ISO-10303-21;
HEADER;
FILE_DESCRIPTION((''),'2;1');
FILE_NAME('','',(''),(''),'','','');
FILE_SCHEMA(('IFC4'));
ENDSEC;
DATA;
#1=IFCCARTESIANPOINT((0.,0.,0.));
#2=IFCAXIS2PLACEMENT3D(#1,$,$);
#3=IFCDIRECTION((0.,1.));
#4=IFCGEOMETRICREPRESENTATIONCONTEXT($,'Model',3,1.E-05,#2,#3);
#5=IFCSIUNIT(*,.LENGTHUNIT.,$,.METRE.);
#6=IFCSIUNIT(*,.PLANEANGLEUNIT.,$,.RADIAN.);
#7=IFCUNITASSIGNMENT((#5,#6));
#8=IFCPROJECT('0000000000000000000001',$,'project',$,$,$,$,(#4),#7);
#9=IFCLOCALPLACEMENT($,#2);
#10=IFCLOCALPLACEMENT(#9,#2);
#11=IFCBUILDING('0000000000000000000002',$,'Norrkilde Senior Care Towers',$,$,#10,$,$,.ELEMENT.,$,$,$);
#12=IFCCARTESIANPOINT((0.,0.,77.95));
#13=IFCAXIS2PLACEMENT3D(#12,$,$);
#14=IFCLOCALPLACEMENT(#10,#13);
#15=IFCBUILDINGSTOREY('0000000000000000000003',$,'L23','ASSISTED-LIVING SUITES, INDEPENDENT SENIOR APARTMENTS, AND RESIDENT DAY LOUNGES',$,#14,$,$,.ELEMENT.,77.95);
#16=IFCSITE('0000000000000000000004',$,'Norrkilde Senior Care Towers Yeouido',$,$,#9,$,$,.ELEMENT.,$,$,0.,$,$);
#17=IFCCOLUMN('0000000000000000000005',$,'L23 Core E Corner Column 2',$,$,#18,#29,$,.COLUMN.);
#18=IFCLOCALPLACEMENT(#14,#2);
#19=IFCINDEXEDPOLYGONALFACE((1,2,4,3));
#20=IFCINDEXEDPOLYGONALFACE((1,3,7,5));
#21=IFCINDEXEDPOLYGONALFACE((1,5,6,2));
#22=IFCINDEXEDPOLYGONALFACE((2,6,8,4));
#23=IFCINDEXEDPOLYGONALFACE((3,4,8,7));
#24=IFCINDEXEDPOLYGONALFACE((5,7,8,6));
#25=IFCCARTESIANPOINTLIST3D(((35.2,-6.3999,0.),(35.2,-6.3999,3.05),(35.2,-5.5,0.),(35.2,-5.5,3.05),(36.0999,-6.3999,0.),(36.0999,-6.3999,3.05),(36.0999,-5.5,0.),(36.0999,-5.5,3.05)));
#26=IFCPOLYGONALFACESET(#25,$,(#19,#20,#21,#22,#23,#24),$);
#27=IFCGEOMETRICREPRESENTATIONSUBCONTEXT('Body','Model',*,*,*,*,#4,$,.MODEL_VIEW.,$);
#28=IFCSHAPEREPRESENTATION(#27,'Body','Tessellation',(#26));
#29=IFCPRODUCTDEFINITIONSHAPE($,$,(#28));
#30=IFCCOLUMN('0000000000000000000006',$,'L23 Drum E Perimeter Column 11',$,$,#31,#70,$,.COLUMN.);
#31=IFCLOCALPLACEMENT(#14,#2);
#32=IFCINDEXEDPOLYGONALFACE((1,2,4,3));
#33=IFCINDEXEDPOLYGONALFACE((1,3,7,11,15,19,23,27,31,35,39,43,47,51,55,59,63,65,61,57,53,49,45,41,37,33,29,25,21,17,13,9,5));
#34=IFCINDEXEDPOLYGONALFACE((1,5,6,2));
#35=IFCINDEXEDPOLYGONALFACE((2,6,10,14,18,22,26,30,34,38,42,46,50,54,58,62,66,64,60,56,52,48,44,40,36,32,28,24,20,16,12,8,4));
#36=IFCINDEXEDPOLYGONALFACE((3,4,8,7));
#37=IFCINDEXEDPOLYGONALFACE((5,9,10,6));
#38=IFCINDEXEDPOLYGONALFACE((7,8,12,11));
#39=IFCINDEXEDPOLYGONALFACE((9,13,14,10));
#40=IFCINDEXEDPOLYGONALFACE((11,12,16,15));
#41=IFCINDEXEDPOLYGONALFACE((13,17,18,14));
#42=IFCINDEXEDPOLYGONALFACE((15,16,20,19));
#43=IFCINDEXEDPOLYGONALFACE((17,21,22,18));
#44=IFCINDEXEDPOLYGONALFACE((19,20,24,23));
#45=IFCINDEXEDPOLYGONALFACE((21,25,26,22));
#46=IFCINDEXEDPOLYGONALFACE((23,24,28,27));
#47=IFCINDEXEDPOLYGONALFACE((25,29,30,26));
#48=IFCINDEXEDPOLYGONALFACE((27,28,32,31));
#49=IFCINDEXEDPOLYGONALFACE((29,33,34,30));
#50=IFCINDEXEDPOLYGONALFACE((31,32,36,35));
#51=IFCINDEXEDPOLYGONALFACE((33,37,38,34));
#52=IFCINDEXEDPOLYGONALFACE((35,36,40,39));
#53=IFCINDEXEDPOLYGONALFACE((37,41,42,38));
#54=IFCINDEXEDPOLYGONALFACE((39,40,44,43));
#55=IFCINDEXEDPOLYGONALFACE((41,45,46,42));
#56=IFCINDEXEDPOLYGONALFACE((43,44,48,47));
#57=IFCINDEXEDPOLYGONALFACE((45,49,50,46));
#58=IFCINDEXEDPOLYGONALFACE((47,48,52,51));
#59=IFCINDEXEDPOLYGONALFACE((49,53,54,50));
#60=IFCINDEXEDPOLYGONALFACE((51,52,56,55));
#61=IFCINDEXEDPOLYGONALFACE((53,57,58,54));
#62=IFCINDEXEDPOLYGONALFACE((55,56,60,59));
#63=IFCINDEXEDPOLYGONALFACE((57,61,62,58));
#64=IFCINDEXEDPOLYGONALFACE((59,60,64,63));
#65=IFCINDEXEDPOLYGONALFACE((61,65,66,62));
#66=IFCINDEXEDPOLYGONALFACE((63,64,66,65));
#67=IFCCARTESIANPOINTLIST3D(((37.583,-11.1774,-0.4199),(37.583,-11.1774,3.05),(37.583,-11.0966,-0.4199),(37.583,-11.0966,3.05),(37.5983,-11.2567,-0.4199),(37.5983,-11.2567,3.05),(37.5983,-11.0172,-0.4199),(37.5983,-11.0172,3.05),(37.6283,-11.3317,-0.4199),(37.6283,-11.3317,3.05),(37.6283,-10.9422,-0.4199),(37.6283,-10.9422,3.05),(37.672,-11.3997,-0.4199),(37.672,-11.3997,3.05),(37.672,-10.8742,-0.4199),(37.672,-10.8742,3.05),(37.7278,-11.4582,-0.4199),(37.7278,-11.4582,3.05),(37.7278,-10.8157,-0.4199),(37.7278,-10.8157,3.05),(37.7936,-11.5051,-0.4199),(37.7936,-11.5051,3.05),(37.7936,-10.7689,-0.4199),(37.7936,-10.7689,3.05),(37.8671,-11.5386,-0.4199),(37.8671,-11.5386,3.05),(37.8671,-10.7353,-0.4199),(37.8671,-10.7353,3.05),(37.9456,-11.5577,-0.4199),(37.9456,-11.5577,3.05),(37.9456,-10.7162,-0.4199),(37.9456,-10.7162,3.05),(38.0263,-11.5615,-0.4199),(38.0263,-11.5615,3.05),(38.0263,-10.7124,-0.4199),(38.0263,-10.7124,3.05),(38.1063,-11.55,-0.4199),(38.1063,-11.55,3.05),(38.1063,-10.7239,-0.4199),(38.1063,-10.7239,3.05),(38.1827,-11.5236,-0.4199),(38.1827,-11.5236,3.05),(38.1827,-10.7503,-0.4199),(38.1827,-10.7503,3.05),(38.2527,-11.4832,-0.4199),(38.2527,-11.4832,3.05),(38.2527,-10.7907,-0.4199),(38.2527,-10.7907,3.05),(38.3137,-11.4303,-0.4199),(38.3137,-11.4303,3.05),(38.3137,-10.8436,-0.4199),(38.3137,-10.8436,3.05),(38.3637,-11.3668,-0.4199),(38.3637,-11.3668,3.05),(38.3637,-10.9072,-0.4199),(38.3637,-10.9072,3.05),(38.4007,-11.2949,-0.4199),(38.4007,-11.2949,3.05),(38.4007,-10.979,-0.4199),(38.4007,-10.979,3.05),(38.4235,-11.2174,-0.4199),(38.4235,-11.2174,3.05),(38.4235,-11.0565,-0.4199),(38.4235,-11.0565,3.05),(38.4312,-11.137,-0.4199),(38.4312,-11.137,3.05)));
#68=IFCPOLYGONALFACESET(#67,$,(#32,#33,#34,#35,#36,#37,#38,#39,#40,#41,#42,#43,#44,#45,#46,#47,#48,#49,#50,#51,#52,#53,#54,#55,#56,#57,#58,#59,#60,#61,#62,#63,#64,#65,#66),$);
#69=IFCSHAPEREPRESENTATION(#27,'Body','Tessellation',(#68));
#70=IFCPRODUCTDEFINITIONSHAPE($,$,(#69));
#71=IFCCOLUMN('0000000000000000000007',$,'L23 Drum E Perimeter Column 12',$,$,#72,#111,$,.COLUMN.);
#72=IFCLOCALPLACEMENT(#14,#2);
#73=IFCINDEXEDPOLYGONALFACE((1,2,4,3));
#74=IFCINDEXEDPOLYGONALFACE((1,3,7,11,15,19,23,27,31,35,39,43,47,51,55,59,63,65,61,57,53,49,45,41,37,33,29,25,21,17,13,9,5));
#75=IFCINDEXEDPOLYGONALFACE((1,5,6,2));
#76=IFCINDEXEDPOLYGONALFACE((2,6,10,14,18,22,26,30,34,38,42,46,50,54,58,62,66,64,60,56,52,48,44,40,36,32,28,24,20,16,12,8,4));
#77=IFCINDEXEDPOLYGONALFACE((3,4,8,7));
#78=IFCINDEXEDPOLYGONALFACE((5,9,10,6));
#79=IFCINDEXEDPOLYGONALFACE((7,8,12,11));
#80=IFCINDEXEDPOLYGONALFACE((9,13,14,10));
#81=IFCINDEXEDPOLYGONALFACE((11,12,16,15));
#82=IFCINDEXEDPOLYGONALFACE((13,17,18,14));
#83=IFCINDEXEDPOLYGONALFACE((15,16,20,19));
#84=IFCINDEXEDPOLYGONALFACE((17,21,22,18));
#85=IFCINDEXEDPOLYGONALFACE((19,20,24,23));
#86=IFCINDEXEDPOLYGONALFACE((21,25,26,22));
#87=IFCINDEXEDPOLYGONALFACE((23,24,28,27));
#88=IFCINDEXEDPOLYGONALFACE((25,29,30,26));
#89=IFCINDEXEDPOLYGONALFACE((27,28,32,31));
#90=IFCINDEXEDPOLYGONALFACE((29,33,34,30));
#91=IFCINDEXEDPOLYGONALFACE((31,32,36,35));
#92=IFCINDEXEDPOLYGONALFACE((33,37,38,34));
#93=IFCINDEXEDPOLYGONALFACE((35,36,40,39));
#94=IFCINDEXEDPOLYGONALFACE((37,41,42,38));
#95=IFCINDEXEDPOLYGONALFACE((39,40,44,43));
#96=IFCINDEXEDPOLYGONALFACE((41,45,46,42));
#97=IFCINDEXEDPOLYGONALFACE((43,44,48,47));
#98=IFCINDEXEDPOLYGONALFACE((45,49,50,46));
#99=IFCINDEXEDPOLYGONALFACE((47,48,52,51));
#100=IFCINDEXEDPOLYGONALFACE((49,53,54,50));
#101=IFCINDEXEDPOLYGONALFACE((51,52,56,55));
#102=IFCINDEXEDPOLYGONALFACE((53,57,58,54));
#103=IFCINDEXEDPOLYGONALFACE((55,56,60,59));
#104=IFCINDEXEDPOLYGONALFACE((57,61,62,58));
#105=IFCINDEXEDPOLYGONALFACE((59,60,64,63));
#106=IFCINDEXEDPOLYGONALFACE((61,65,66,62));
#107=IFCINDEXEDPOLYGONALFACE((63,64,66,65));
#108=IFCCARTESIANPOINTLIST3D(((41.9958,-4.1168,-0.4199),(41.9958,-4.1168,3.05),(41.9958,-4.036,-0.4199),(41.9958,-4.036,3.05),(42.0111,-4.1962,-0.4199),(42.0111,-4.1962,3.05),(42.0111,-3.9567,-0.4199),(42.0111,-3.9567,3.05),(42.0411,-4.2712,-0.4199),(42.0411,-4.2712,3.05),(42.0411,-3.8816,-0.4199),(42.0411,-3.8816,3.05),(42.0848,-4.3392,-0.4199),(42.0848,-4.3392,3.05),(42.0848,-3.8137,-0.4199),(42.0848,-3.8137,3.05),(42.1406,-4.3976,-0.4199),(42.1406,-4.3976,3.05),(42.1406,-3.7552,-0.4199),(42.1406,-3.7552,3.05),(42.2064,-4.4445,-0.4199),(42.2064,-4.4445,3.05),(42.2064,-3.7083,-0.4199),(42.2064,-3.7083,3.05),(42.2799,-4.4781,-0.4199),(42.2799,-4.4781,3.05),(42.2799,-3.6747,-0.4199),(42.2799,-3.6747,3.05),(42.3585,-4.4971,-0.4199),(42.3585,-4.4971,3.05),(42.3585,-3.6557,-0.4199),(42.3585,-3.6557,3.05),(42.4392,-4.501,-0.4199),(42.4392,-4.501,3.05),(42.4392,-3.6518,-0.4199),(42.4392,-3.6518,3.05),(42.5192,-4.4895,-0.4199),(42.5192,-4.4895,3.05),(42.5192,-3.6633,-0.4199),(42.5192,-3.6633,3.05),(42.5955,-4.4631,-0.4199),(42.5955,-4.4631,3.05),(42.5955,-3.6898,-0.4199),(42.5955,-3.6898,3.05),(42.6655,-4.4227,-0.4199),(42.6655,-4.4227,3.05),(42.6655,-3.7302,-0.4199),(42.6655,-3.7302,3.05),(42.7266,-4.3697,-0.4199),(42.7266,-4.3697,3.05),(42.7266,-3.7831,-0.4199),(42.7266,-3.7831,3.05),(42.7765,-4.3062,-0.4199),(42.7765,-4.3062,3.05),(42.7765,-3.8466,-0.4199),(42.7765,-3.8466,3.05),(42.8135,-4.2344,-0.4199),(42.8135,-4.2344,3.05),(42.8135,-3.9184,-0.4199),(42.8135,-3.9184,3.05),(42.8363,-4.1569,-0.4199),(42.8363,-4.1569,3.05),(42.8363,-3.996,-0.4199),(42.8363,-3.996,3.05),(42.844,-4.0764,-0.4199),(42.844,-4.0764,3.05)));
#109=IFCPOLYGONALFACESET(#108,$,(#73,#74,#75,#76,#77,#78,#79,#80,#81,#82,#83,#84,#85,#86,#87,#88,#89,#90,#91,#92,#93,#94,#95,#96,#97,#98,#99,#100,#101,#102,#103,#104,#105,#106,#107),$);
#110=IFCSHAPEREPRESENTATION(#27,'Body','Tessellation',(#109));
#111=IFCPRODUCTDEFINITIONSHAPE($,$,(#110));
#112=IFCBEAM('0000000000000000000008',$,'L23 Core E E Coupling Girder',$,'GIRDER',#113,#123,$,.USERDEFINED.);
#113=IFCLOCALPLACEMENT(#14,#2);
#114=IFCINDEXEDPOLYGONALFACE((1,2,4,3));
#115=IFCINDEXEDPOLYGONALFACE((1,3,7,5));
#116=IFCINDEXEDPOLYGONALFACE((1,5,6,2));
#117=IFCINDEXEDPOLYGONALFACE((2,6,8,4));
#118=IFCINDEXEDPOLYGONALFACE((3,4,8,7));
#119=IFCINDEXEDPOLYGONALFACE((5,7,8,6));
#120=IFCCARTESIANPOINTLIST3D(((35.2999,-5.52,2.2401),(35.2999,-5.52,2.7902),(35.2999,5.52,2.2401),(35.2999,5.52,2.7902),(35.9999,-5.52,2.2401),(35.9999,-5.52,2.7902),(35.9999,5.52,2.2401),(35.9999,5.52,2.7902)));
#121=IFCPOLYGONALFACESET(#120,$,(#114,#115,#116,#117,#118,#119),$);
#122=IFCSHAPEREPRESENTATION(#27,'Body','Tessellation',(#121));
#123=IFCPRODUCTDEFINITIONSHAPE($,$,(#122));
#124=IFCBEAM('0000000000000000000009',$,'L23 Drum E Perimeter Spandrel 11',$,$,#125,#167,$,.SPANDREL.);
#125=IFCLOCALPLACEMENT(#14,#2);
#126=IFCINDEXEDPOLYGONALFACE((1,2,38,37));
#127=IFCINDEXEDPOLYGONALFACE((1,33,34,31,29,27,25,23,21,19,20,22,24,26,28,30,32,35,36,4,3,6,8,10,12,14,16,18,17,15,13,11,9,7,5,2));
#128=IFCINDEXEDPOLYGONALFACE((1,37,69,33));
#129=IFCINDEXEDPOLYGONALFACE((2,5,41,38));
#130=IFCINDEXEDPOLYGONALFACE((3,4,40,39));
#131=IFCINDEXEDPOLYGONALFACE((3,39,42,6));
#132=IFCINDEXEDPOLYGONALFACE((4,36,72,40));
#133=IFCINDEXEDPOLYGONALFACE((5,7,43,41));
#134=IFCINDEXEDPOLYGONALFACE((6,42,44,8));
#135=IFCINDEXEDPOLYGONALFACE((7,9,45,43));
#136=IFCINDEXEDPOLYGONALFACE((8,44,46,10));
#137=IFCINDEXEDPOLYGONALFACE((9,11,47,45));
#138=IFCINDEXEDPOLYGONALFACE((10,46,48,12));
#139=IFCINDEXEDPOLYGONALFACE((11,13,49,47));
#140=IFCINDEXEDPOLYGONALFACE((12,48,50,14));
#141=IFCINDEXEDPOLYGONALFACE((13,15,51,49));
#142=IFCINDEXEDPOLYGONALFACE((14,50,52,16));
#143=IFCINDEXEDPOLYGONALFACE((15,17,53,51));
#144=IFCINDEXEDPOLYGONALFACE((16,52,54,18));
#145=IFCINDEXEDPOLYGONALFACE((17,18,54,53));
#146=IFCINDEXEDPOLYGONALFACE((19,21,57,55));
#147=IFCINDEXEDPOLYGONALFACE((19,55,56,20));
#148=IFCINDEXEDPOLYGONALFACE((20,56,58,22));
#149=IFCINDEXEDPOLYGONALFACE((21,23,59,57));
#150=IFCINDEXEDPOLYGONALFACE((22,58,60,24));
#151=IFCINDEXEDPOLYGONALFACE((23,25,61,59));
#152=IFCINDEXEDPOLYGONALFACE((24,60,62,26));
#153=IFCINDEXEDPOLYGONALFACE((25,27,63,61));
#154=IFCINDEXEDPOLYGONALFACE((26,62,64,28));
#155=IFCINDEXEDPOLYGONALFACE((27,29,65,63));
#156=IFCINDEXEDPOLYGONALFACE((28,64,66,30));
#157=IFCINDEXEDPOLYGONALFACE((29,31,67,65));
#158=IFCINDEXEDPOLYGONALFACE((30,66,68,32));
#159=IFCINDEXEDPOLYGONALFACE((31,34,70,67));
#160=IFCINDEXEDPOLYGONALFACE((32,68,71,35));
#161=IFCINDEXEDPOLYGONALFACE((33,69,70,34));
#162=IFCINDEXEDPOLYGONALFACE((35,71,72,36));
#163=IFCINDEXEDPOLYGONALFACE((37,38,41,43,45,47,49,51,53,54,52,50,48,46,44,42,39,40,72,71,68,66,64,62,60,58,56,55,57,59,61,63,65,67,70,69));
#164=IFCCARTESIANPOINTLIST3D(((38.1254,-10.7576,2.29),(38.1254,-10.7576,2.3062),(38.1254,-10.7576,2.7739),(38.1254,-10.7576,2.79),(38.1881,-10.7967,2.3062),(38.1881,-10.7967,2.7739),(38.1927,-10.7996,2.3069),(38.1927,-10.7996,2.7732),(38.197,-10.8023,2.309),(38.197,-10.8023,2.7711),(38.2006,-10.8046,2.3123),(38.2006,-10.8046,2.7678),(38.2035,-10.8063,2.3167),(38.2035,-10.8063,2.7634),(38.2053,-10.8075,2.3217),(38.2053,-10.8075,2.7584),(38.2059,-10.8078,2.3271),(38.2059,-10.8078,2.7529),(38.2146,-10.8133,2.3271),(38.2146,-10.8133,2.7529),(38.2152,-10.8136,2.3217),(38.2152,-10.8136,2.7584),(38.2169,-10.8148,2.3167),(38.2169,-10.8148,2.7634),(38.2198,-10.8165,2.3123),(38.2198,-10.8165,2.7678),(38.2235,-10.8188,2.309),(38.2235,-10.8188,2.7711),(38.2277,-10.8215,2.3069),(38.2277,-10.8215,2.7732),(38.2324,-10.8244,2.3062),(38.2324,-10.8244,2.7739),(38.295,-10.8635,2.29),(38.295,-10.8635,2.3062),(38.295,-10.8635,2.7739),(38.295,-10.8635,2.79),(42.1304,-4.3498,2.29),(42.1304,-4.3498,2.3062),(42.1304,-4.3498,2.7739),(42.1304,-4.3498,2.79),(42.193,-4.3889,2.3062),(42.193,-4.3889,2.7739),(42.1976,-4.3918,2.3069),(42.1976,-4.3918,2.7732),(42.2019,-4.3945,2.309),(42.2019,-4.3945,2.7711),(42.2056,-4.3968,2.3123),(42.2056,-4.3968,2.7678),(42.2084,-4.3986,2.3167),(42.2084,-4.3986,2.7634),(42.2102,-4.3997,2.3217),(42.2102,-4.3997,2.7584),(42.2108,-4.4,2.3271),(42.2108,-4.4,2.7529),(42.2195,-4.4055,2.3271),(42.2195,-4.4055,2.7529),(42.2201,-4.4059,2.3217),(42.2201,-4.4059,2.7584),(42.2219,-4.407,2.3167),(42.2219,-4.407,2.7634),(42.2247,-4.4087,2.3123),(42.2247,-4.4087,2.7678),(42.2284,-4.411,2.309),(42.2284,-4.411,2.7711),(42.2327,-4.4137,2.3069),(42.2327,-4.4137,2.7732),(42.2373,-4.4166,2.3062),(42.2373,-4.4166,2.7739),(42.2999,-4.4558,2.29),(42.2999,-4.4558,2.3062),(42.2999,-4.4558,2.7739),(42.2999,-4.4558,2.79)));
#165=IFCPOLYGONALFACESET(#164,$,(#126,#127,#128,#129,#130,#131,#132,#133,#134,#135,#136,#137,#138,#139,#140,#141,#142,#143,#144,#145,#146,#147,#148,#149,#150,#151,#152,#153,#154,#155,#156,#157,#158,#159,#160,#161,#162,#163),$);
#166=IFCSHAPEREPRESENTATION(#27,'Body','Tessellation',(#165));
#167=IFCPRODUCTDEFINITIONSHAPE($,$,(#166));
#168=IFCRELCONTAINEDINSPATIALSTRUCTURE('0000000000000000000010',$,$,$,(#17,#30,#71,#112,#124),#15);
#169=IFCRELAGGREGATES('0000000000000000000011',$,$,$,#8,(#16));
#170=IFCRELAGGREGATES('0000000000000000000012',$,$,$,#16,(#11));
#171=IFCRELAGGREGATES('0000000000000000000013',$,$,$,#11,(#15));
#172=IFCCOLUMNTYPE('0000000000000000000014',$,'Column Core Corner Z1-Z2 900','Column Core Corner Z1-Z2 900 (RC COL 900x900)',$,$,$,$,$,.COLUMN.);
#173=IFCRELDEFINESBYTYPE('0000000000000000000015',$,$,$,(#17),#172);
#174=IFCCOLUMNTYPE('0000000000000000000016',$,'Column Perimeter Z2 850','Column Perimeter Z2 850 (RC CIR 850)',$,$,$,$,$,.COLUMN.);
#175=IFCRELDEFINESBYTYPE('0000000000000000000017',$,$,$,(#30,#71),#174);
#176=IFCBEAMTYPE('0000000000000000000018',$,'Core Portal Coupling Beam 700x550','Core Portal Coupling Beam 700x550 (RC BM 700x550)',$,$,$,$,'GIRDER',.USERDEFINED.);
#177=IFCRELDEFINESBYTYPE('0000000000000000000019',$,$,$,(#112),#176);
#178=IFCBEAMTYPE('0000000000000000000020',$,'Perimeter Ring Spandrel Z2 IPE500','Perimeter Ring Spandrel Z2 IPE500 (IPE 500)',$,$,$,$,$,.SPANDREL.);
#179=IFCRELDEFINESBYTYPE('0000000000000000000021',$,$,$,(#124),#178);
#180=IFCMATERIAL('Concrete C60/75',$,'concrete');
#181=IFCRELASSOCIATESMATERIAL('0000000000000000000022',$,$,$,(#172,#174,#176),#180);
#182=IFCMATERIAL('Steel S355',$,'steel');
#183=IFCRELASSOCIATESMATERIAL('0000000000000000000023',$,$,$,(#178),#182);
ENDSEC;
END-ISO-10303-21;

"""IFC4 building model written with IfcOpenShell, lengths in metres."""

from ifc_helpers import new_model, si_unit, direction, frame, origin, origin_2d, place, context, subcontext, project, spatial, rectangle, circle, i_section, extrude, source, transform, mapped, material, material_profile, profile_set, type_object, type_shapes, element, save


model = new_model("IFC4")

# Units and contexts
model_context = context("Model", 3, precision=1e-05, world=origin(), true_north=direction((0.0, 1.0)))
body_context = subcontext(model_context, "Body", "Model", "MODEL_VIEW")
ifc_project = project(units=[si_unit("LENGTHUNIT", "METRE"), si_unit("PLANEANGLEUNIT", "RADIAN")], contexts=[model_context])

# Site, building, storey
site_placement = place(None, origin())
site = spatial("IfcSite", under=ifc_project, at=site_placement, Name="Norrkilde Senior Care Towers Yeouido", CompositionType="ELEMENT", RefElevation=0.0)
building_placement = place(site_placement, origin())
building = spatial("IfcBuilding", under=site, at=building_placement, Name="Norrkilde Senior Care Towers", CompositionType="ELEMENT")
storey_placement = place(building_placement, frame((0.0, 0.0, 77.95)))
storey = spatial("IfcBuildingStorey", under=building, at=storey_placement, Name="L23", Description="ASSISTED-LIVING SUITES, INDEPENDENT SENIOR APARTMENTS, AND RESIDENT DAY LOUNGES", CompositionType="ELEMENT", Elevation=77.95)

# Columns
ifc_material_1 = material(Name="Concrete C60/75", Category="concrete")
ifc_material_profile_1 = material_profile(ifc_material_1, rectangle(XDim=0.8999, YDim=0.8999, at=origin_2d()), Name="RC COL 900x900")
ifc_profile_set_1 = profile_set([ifc_material_profile_1], Name="Concrete C60/75")
column_type_1 = type_object("IfcColumnType", Name="Column Core Corner Z1-Z2 900", Description="Column Core Corner Z1-Z2 900 (RC COL 900x900)", PredefinedType="COLUMN", material=ifc_profile_set_1)
shared_shape_1 = source(origin(), body_context, "Body", "SweptSolid", [
    extrude(rectangle(XDim=0.8999, YDim=0.8999, at=origin_2d()), origin(), (0.0, 0.0, 1.0), 3.05),
])
type_shapes(column_type_1, [shared_shape_1])
column_placement = place(storey_placement, frame((35.6499, -5.95, 0.0), z_axis=(0.0, 0.0, 1.0), x_axis=(1.0, 0.0, 0.0)))
element("IfcColumn", 1, at=column_placement, inside=storey, type_object=column_type_1, Name="L23 Core E Corner Column 2", PredefinedType="COLUMN", context=body_context, shape_type="MappedRepresentation", body=[
    mapped(shared_shape_1, transform((0.0, 0.0, 0.0), x_axis=(1.0, 0.0, 0.0), y_axis=(0.0, 1.0, 0.0), z_axis=(0.0, 0.0, 1.0), scale=1.0)),
])
ifc_material_profile_2 = material_profile(ifc_material_1, circle(Radius=0.425, at=origin_2d()), Name="RC CIR 850")
ifc_profile_set_2 = profile_set([ifc_material_profile_2], Name="Concrete C60/75")
column_type_2 = type_object("IfcColumnType", Name="Column Perimeter Z2 850", Description="Column Perimeter Z2 850 (RC CIR 850)", PredefinedType="COLUMN", material=ifc_profile_set_2)
shared_shape_2 = source(origin(), body_context, "Body", "SweptSolid", [
    extrude(circle(Radius=0.425, at=origin_2d()), origin(), (0.0, 0.0, 1.0), 3.47),
])
type_shapes(column_type_2, [shared_shape_2])
for number, where, z_axis, x_axis, name in (
    (2, (38.0061, -11.137, -0.4199), (0.0, 0.0, 1.0), (1.0, 0.0, 0.0), "L23 Drum E Perimeter Column 11"),
    (3, (42.4189, -4.0764, -0.4199), (0.0, 0.0, 1.0), (1.0, 0.0, 0.0), "L23 Drum E Perimeter Column 12"),
):
    element("IfcColumn", number, at=place(storey_placement, frame(where, z_axis=z_axis, x_axis=x_axis)), inside=storey, type_object=column_type_2, Name=name, PredefinedType="COLUMN", context=body_context, shape_type="MappedRepresentation", body=[
        mapped(shared_shape_2, transform((0.0, 0.0, 0.0), x_axis=(1.0, 0.0, 0.0), y_axis=(0.0, 1.0, 0.0), z_axis=(0.0, 0.0, 1.0), scale=1.0)),
    ])

# Beams
ifc_material_profile_3 = material_profile(ifc_material_1, rectangle(XDim=0.7, YDim=0.55, at=origin_2d()), Name="RC BM 700x550")
ifc_profile_set_3 = profile_set([ifc_material_profile_3], Name="Concrete C60/75")
beam_type_1 = type_object("IfcBeamType", Name="Core Portal Coupling Beam 700x550", Description="Core Portal Coupling Beam 700x550 (RC BM 700x550)", ElementType="GIRDER", PredefinedType="USERDEFINED", material=ifc_profile_set_3)
shared_shape_3 = source(origin(), body_context, "Body", "SweptSolid", [
    extrude(rectangle(XDim=0.7, YDim=0.55, at=origin_2d()), origin(), (0.0, 0.0, 1.0), 11.04),
])
type_shapes(beam_type_1, [shared_shape_3])
beam_1_placement = place(storey_placement, frame((35.6499, -5.52, 2.5151), z_axis=(0.0, 1.0, 0.0), x_axis=(-1.0, 0.0, 0.0)))
element("IfcBeam", 4, at=beam_1_placement, inside=storey, type_object=beam_type_1, Name="L23 Core E E Coupling Girder", ObjectType="GIRDER", PredefinedType="USERDEFINED", context=body_context, shape_type="MappedRepresentation", body=[
    mapped(shared_shape_3, transform((0.0, 0.0, 0.0), x_axis=(1.0, 0.0, 0.0), y_axis=(0.0, 1.0, 0.0), z_axis=(0.0, 0.0, 1.0), scale=1.0)),
])
ifc_material_2 = material(Name="Steel S355", Category="steel")
ifc_material_profile_4 = material_profile(ifc_material_2, i_section(OverallWidth=0.2, OverallDepth=0.5, WebThickness=0.0103, FlangeThickness=0.0161, FilletRadius=0.021, at=origin_2d()), Name="IPE 500")
ifc_profile_set_4 = profile_set([ifc_material_profile_4], Name="Steel S355")
beam_type_2 = type_object("IfcBeamType", Name="Perimeter Ring Spandrel Z2 IPE500", Description="Perimeter Ring Spandrel Z2 IPE500 (IPE 500)", PredefinedType="SPANDREL", material=ifc_profile_set_4)
shared_shape_4 = source(origin(), body_context, "Body", "SweptSolid", [
    extrude(i_section(OverallWidth=0.2, OverallDepth=0.5, WebThickness=0.0103, FlangeThickness=0.0161, FilletRadius=0.021, at=origin_2d()), origin(), (0.0, 0.0, 1.0), 7.5564),
])
beam_2_placement = place(storey_placement, frame((38.2102, -10.8105, 2.54), z_axis=(0.530005, 0.847995, 0.0), x_axis=(-0.847995, 0.530005, 0.0)))
element("IfcBeam", 5, at=beam_2_placement, inside=storey, type_object=beam_type_2, Name="L23 Drum E Perimeter Spandrel 11", PredefinedType="SPANDREL", context=body_context, shape_type="MappedRepresentation", body=[
    mapped(shared_shape_4, transform((0.0, 0.0, 0.0), x_axis=(1.0, 0.0, 0.0), y_axis=(0.0, 1.0, 0.0), z_axis=(0.0, 0.0, 1.0), scale=1.0)),
])

save(model, "model.ifc")
